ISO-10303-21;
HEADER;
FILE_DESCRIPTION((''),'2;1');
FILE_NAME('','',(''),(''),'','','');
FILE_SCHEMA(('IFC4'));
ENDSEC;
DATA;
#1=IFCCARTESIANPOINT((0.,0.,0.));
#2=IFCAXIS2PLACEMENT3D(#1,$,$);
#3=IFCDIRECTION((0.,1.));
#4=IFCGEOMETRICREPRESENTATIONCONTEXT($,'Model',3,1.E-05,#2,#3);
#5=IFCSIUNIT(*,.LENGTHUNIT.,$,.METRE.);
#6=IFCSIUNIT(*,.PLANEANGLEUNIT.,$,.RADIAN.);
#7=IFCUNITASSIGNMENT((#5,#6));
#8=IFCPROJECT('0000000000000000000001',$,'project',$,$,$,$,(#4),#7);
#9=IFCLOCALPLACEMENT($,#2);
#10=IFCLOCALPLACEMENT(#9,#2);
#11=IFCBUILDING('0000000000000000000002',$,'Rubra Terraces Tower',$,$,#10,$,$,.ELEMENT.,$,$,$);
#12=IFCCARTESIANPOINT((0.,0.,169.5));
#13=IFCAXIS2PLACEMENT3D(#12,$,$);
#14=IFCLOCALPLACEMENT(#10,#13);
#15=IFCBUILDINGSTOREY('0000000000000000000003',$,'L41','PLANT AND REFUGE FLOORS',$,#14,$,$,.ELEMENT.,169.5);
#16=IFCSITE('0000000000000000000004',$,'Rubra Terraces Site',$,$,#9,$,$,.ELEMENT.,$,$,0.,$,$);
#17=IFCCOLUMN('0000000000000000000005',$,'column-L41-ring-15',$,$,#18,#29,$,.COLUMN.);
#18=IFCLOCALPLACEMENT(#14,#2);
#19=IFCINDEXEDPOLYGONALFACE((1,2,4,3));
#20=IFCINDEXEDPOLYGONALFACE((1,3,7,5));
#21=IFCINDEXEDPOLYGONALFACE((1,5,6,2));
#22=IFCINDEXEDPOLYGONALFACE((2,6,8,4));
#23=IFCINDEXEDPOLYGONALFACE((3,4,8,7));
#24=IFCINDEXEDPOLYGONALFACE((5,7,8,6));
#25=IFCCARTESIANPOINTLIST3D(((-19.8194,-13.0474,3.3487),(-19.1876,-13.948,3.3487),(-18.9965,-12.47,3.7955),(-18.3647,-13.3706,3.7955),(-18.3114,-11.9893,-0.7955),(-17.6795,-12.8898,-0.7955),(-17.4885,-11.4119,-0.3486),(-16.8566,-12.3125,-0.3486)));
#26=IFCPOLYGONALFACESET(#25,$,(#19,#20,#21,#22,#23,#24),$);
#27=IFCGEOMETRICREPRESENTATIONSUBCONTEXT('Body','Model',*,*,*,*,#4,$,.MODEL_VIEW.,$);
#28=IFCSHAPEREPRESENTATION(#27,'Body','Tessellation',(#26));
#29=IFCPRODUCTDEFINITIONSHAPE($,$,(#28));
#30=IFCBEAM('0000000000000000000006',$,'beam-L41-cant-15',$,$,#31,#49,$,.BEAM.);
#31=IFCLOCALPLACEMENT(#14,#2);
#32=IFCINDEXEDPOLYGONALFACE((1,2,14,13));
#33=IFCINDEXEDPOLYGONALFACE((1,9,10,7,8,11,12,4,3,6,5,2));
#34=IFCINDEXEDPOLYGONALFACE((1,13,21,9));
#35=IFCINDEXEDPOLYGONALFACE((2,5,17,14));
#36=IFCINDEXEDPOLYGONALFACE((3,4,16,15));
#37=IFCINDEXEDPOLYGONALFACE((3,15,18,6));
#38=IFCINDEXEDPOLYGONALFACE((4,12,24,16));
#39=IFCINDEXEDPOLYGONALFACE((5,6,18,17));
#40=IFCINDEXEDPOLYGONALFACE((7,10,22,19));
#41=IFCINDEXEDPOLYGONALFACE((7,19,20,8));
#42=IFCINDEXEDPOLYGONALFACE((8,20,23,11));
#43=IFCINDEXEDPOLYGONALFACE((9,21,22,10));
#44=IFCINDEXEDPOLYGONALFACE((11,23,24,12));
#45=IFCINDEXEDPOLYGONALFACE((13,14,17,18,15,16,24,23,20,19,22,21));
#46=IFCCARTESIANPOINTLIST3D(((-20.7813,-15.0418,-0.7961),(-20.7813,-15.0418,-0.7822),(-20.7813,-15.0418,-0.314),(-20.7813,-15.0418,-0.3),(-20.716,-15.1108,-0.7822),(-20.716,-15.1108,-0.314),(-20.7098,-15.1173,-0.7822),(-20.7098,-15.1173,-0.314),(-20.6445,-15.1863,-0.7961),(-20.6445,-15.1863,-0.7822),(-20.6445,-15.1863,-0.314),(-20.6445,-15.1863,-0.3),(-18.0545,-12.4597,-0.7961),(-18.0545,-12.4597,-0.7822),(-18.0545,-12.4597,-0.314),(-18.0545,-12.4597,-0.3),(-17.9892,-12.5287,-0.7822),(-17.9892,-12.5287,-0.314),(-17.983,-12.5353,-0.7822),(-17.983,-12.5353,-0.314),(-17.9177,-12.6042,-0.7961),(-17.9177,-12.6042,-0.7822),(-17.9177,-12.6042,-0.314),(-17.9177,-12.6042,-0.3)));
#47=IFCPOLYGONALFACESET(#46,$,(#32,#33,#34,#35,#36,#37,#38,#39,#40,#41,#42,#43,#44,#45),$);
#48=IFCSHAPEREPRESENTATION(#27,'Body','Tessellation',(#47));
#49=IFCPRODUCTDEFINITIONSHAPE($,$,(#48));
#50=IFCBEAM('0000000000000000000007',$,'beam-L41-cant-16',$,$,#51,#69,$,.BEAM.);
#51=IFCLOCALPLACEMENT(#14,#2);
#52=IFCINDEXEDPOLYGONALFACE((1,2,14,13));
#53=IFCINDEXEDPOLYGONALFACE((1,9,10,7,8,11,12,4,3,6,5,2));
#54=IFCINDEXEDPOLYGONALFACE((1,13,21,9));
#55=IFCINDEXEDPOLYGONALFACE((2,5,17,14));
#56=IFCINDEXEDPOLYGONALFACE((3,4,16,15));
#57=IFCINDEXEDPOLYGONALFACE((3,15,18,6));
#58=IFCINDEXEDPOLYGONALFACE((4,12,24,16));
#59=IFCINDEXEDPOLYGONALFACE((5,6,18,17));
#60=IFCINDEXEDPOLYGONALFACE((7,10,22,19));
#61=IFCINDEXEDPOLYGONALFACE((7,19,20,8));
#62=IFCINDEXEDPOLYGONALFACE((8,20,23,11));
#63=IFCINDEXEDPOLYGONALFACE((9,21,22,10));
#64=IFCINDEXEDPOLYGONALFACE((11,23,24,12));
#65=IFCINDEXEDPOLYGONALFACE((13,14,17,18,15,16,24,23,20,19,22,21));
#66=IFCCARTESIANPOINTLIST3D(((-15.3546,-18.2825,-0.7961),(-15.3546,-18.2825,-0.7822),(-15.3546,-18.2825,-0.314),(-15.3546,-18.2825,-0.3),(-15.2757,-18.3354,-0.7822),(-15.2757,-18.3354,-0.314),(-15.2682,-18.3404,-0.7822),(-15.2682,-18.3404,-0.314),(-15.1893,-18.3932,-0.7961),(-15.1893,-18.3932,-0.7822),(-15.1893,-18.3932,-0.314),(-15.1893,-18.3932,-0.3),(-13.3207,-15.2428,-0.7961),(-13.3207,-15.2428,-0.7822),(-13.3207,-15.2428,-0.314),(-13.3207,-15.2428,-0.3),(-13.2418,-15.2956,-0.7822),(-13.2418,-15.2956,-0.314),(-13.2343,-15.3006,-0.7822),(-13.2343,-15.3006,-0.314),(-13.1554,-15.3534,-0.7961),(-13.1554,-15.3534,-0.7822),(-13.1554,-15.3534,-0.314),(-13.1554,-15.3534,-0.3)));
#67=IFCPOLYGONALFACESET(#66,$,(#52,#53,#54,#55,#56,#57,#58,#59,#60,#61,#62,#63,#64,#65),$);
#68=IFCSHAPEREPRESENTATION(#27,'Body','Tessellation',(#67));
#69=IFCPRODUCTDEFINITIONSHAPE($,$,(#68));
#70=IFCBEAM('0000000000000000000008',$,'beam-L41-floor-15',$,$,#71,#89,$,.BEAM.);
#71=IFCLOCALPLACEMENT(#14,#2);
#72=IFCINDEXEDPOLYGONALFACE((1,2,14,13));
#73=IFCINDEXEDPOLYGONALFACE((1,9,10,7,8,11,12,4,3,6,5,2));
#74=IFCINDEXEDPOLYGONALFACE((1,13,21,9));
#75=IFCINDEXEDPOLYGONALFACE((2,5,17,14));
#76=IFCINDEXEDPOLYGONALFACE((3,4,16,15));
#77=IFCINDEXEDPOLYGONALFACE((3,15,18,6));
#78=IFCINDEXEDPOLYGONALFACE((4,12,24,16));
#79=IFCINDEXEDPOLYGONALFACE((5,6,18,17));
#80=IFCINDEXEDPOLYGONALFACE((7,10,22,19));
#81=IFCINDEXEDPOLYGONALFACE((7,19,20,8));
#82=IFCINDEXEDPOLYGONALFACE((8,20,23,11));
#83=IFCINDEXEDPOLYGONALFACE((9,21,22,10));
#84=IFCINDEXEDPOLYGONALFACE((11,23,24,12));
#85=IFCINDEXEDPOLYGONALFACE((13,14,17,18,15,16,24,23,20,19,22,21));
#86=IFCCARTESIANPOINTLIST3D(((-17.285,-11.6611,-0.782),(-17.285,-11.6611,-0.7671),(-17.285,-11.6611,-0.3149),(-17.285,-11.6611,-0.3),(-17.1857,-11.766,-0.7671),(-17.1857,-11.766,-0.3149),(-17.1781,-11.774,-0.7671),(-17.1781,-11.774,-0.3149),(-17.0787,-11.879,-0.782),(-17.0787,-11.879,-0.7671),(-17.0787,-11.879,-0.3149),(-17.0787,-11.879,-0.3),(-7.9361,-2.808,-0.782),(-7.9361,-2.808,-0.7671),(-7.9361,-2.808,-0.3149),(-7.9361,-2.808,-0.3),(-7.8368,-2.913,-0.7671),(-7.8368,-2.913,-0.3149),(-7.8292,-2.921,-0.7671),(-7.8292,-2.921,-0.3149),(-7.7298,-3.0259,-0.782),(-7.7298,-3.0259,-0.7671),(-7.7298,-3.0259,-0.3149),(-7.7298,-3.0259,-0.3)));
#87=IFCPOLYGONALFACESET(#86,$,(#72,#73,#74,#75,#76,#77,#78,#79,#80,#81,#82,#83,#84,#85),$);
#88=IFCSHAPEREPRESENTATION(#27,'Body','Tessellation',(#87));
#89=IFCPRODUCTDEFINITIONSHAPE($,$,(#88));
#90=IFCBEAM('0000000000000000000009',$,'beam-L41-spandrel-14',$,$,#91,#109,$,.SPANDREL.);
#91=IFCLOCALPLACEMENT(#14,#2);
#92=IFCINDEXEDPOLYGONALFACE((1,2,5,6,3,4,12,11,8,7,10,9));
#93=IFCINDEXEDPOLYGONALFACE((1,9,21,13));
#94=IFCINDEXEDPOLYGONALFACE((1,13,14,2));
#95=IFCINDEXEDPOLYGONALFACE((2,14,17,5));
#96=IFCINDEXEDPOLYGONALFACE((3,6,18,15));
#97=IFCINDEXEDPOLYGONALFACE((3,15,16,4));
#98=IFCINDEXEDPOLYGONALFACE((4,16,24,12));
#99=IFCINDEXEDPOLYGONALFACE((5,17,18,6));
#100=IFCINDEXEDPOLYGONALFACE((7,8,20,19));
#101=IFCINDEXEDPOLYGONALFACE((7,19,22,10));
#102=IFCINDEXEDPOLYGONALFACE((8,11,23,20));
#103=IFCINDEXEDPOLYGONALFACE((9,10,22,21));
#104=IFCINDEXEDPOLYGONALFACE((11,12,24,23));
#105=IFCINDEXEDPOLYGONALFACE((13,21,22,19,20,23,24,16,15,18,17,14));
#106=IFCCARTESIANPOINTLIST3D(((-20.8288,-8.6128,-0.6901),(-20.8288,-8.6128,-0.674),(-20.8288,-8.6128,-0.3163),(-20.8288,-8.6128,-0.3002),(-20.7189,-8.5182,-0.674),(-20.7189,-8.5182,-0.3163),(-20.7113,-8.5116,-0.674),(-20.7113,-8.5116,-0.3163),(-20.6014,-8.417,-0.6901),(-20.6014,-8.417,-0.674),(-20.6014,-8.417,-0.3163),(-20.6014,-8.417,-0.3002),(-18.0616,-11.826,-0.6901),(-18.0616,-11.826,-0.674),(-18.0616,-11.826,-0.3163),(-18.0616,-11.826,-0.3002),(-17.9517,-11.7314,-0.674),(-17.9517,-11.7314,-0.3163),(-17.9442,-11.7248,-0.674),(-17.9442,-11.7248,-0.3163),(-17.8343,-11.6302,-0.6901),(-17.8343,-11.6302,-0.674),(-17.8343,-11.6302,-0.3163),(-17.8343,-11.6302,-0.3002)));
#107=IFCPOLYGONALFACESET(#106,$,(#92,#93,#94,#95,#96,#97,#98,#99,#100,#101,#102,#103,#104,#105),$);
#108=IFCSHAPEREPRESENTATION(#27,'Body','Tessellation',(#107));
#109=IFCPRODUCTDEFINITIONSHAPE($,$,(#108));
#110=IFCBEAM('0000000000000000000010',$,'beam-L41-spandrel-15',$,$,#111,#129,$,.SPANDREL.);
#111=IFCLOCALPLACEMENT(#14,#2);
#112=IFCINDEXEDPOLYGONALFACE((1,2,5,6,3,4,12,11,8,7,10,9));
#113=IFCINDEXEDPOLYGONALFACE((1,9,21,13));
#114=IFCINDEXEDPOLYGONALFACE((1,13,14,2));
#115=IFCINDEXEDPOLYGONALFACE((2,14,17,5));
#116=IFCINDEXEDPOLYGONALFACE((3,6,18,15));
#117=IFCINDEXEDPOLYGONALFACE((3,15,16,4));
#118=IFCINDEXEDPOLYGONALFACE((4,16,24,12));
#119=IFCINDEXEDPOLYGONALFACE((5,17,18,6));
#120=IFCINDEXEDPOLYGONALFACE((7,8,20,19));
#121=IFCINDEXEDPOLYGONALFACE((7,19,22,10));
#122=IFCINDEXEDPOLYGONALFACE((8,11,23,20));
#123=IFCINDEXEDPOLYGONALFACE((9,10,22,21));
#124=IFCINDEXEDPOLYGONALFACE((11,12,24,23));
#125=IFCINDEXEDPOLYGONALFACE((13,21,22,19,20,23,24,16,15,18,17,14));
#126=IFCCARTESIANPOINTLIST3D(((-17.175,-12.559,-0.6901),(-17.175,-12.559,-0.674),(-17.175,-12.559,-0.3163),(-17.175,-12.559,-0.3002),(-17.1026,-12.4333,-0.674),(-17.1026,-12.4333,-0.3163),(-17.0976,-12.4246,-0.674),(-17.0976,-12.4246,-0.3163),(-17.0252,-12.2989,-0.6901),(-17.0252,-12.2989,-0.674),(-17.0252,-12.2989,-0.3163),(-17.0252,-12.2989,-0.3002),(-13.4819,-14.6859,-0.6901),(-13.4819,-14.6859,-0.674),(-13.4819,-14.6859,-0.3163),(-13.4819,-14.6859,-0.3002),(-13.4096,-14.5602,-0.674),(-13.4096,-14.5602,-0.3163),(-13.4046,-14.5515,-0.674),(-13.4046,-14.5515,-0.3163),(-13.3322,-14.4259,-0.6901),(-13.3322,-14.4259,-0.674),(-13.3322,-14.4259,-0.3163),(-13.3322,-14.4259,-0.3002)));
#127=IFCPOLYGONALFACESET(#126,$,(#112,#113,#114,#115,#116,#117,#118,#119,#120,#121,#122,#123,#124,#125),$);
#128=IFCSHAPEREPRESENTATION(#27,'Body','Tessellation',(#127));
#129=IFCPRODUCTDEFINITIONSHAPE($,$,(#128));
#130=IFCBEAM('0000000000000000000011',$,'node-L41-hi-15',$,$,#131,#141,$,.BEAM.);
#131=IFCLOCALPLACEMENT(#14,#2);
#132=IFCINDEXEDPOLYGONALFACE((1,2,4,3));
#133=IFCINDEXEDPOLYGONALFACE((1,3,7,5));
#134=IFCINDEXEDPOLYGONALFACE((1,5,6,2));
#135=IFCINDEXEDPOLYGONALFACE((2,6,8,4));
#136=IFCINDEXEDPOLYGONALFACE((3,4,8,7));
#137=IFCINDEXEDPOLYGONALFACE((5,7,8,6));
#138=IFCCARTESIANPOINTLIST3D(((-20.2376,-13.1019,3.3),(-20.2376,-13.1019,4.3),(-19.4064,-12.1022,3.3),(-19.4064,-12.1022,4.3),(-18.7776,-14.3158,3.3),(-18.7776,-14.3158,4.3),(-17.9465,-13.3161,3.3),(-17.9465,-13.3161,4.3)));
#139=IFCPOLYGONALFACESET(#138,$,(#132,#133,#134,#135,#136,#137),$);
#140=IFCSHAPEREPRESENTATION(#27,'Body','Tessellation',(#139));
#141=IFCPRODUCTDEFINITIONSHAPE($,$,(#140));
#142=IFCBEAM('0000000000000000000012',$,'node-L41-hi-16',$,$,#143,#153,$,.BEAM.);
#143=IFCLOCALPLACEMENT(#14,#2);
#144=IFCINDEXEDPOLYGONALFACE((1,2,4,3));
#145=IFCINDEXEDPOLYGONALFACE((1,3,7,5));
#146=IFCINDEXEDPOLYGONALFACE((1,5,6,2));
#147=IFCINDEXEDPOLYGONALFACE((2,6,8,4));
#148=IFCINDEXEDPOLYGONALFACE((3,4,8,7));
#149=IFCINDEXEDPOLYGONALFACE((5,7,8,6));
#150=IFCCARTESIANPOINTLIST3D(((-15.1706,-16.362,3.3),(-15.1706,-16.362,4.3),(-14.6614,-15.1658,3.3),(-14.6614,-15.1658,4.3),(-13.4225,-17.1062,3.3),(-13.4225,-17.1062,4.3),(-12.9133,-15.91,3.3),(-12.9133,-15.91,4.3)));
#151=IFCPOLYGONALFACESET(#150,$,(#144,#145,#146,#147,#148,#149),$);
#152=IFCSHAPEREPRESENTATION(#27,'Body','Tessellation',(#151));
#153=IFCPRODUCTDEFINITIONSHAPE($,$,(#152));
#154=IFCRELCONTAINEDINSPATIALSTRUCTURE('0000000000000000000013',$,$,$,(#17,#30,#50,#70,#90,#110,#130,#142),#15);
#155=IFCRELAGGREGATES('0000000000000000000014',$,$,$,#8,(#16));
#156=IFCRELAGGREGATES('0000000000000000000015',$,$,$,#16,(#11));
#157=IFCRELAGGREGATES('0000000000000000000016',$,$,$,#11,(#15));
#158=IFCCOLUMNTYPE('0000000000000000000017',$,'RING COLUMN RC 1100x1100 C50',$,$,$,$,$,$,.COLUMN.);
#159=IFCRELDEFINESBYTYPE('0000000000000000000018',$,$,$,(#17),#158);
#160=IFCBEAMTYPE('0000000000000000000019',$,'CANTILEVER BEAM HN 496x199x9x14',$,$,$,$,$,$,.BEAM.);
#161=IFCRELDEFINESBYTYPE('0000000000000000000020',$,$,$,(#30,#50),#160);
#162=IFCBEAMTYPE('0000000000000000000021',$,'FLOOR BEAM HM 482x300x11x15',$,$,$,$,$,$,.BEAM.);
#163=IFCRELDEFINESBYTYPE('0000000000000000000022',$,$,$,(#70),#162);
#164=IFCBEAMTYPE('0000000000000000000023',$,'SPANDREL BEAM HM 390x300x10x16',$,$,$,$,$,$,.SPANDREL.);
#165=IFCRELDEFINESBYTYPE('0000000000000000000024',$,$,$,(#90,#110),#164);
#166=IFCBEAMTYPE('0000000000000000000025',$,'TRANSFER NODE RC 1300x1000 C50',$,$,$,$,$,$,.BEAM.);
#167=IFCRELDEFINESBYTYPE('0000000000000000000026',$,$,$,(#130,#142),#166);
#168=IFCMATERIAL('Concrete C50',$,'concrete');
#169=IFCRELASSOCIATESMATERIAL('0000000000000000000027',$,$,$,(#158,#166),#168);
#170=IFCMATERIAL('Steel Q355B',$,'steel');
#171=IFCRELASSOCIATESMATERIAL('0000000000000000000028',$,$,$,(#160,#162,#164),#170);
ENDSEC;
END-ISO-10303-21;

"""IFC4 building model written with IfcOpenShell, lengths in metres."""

from ifc_helpers import new_model, si_unit, direction, frame, origin, origin_2d, place, context, subcontext, project, spatial, rectangle, i_section, extrude, material, material_profile, profile_set, type_object, element, save


model = new_model("IFC4")

# Units and contexts
model_context = context("Model", 3, precision=1e-05, world=origin(), true_north=direction((0.0, 1.0)))
body_context = subcontext(model_context, "Body", "Model", "MODEL_VIEW")
ifc_project = project(units=[si_unit("LENGTHUNIT", "METRE"), si_unit("PLANEANGLEUNIT", "RADIAN")], contexts=[model_context])

# Site, building, storey
site_placement = place(None, origin())
site = spatial("IfcSite", under=ifc_project, at=site_placement, Name="Rubra Terraces Site", CompositionType="ELEMENT", RefElevation=0.0)
building_placement = place(site_placement, origin())
building = spatial("IfcBuilding", under=site, at=building_placement, Name="Rubra Terraces Tower", CompositionType="ELEMENT")
storey_placement = place(building_placement, frame((0.0, 0.0, 169.5)))
storey = spatial("IfcBuildingStorey", under=building, at=storey_placement, Name="L41", Description="PLANT AND REFUGE FLOORS", CompositionType="ELEMENT", Elevation=169.5)

# Column
ifc_material_1 = material(Name="Concrete C50", Category="concrete")
ifc_material_profile_1 = material_profile(ifc_material_1, rectangle(XDim=1.1001, YDim=1.1001, at=origin_2d()), Name="RC 1100x1100")
ifc_profile_set_1 = profile_set([ifc_material_profile_1], Name="Concrete C50")
column_type = type_object("IfcColumnType", Name="RING COLUMN RC 1100x1100 C50", PredefinedType="COLUMN", material=ifc_profile_set_1)
column_placement = place(storey_placement, frame((-17.584, -12.1509, -0.572), z_axis=(-0.332532, -0.233316, 0.913776), x_axis=(0.57436, -0.818603, 0.0)))
element("IfcColumn", 1, at=column_placement, inside=storey, type_object=column_type, Name="column-L41-ring-15", PredefinedType="COLUMN", context=body_context, shape_type="SweptSolid", body=[
    extrude(rectangle(XDim=1.1001, YDim=1.1001, at=origin_2d()), origin(), (0.0, 0.0, 1.0), 4.5352),
])

# Beams
ifc_material_2 = material(Name="Steel Q355B", Category="steel")
ifc_material_profile_2 = material_profile(ifc_material_2, i_section(OverallWidth=0.199, OverallDepth=0.4961, WebThickness=0.009, FlangeThickness=0.0139, at=origin_2d()), Name="HN 496x199x9x14")
ifc_profile_set_2 = profile_set([ifc_material_profile_2], Name="Steel Q355B")
beam_type_1 = type_object("IfcBeamType", Name="CANTILEVER BEAM HN 496x199x9x14", PredefinedType="BEAM", material=ifc_profile_set_2)
beam_1_placement = place(storey_placement, frame((-17.9861, -12.532, -0.5481), z_axis=(-0.72612, -0.687568, 0.0), x_axis=(0.687568, -0.72612, 0.0)))
element("IfcBeam", 2, at=beam_1_placement, inside=storey, type_object=beam_type_1, Name="beam-L41-cant-15", PredefinedType="BEAM", context=body_context, shape_type="SweptSolid", body=[
    extrude(i_section(OverallWidth=0.199, OverallDepth=0.4961, WebThickness=0.009, FlangeThickness=0.0139, at=origin_2d()), origin(), (0.0, 0.0, 1.0), 3.7554),
])
beam_2_placement = place(storey_placement, frame((-13.238, -15.2981, -0.5481), z_axis=(-0.556101, -0.831115, 0.0), x_axis=(0.831115, -0.556101, 0.0)))
element("IfcBeam", 3, at=beam_2_placement, inside=storey, type_object=beam_type_1, Name="beam-L41-cant-16", PredefinedType="BEAM", context=body_context, shape_type="SweptSolid", body=[
    extrude(i_section(OverallWidth=0.199, OverallDepth=0.4961, WebThickness=0.009, FlangeThickness=0.0139, at=origin_2d()), origin(), (0.0, 0.0, 1.0), 3.6575),
])
ifc_material_profile_3 = material_profile(ifc_material_2, i_section(OverallWidth=0.3, OverallDepth=0.4819, WebThickness=0.011, FlangeThickness=0.0149, at=origin_2d()), Name="HM 482x300x11x15")
ifc_profile_set_3 = profile_set([ifc_material_profile_3], Name="Steel Q355B")
beam_type_2 = type_object("IfcBeamType", Name="FLOOR BEAM HM 482x300x11x15", PredefinedType="BEAM", material=ifc_profile_set_3)
beam_3_placement = place(storey_placement, frame((-17.1819, -11.77, -0.541), z_axis=(0.7261, 0.687589, 0.0), x_axis=(-0.687589, 0.7261, 0.0)))
element("IfcBeam", 4, at=beam_3_placement, inside=storey, type_object=beam_type_2, Name="beam-L41-floor-15", PredefinedType="BEAM", context=body_context, shape_type="SweptSolid", body=[
    extrude(i_section(OverallWidth=0.3, OverallDepth=0.4819, WebThickness=0.011, FlangeThickness=0.0149, at=origin_2d()), origin(), (0.0, 0.0, 1.0), 12.8755),
])
ifc_material_profile_4 = material_profile(ifc_material_2, i_section(OverallWidth=0.3, OverallDepth=0.3899, WebThickness=0.01, FlangeThickness=0.0161, at=origin_2d()), Name="HM 390x300x10x16")
ifc_profile_set_4 = profile_set([ifc_material_profile_4], Name="Steel Q355B")
beam_type_3 = type_object("IfcBeamType", Name="SPANDREL BEAM HM 390x300x10x16", PredefinedType="SPANDREL", material=ifc_profile_set_4)
beam_4_placement = place(storey_placement, frame((-20.7151, -8.5149, -0.4951), z_axis=(0.652553, -0.757743, 0.0), x_axis=(0.757743, 0.652553, 0.0)))
element("IfcBeam", 5, at=beam_4_placement, inside=storey, type_object=beam_type_3, Name="beam-L41-spandrel-14", PredefinedType="SPANDREL", context=body_context, shape_type="SweptSolid", body=[
    extrude(i_section(OverallWidth=0.3, OverallDepth=0.3899, WebThickness=0.01, FlangeThickness=0.0161, at=origin_2d()), origin(), (0.0, 0.0, 1.0), 4.2405),
])
beam_5_placement = place(storey_placement, frame((-17.1001, -12.429, -0.4951), z_axis=(0.86656, -0.499073, 0.0), x_axis=(0.499073, 0.86656, 0.0)))
element("IfcBeam", 6, at=beam_5_placement, inside=storey, type_object=beam_type_3, Name="beam-L41-spandrel-15", PredefinedType="SPANDREL", context=body_context, shape_type="SweptSolid", body=[
    extrude(i_section(OverallWidth=0.3, OverallDepth=0.3899, WebThickness=0.01, FlangeThickness=0.0161, at=origin_2d()), origin(), (0.0, 0.0, 1.0), 4.2617),
])
ifc_material_profile_5 = material_profile(ifc_material_1, rectangle(XDim=1.3, YDim=1.0, at=origin_2d()), Name="RC 1300x1000")
ifc_profile_set_5 = profile_set([ifc_material_profile_5], Name="Concrete C50")
beam_type_4 = type_object("IfcBeamType", Name="TRANSFER NODE RC 1300x1000 C50", PredefinedType="BEAM", material=ifc_profile_set_5)
beam_6_placement = place(storey_placement, frame((-19.822, -12.6021, 3.8), z_axis=(0.768938, -0.639324, 0.0), x_axis=(0.639324, 0.768938, 0.0)))
element("IfcBeam", 7, at=beam_6_placement, inside=storey, type_object=beam_type_4, Name="node-L41-hi-15", PredefinedType="BEAM", context=body_context, shape_type="SweptSolid", body=[
    extrude(rectangle(XDim=1.3, YDim=1.0, at=origin_2d()), origin(), (0.0, 0.0, 1.0), 1.8987),
])
beam_7_placement = place(storey_placement, frame((-14.916, -15.7639, 3.8), z_axis=(0.920099, -0.391685, 0.0), x_axis=(0.391685, 0.920099, 0.0)))
element("IfcBeam", 8, at=beam_7_placement, inside=storey, type_object=beam_type_4, Name="node-L41-hi-16", PredefinedType="BEAM", context=body_context, shape_type="SweptSolid", body=[
    extrude(rectangle(XDim=1.3, YDim=1.0, at=origin_2d()), origin(), (0.0, 0.0, 1.0), 1.8999),
])

save(model, "model.ifc")
